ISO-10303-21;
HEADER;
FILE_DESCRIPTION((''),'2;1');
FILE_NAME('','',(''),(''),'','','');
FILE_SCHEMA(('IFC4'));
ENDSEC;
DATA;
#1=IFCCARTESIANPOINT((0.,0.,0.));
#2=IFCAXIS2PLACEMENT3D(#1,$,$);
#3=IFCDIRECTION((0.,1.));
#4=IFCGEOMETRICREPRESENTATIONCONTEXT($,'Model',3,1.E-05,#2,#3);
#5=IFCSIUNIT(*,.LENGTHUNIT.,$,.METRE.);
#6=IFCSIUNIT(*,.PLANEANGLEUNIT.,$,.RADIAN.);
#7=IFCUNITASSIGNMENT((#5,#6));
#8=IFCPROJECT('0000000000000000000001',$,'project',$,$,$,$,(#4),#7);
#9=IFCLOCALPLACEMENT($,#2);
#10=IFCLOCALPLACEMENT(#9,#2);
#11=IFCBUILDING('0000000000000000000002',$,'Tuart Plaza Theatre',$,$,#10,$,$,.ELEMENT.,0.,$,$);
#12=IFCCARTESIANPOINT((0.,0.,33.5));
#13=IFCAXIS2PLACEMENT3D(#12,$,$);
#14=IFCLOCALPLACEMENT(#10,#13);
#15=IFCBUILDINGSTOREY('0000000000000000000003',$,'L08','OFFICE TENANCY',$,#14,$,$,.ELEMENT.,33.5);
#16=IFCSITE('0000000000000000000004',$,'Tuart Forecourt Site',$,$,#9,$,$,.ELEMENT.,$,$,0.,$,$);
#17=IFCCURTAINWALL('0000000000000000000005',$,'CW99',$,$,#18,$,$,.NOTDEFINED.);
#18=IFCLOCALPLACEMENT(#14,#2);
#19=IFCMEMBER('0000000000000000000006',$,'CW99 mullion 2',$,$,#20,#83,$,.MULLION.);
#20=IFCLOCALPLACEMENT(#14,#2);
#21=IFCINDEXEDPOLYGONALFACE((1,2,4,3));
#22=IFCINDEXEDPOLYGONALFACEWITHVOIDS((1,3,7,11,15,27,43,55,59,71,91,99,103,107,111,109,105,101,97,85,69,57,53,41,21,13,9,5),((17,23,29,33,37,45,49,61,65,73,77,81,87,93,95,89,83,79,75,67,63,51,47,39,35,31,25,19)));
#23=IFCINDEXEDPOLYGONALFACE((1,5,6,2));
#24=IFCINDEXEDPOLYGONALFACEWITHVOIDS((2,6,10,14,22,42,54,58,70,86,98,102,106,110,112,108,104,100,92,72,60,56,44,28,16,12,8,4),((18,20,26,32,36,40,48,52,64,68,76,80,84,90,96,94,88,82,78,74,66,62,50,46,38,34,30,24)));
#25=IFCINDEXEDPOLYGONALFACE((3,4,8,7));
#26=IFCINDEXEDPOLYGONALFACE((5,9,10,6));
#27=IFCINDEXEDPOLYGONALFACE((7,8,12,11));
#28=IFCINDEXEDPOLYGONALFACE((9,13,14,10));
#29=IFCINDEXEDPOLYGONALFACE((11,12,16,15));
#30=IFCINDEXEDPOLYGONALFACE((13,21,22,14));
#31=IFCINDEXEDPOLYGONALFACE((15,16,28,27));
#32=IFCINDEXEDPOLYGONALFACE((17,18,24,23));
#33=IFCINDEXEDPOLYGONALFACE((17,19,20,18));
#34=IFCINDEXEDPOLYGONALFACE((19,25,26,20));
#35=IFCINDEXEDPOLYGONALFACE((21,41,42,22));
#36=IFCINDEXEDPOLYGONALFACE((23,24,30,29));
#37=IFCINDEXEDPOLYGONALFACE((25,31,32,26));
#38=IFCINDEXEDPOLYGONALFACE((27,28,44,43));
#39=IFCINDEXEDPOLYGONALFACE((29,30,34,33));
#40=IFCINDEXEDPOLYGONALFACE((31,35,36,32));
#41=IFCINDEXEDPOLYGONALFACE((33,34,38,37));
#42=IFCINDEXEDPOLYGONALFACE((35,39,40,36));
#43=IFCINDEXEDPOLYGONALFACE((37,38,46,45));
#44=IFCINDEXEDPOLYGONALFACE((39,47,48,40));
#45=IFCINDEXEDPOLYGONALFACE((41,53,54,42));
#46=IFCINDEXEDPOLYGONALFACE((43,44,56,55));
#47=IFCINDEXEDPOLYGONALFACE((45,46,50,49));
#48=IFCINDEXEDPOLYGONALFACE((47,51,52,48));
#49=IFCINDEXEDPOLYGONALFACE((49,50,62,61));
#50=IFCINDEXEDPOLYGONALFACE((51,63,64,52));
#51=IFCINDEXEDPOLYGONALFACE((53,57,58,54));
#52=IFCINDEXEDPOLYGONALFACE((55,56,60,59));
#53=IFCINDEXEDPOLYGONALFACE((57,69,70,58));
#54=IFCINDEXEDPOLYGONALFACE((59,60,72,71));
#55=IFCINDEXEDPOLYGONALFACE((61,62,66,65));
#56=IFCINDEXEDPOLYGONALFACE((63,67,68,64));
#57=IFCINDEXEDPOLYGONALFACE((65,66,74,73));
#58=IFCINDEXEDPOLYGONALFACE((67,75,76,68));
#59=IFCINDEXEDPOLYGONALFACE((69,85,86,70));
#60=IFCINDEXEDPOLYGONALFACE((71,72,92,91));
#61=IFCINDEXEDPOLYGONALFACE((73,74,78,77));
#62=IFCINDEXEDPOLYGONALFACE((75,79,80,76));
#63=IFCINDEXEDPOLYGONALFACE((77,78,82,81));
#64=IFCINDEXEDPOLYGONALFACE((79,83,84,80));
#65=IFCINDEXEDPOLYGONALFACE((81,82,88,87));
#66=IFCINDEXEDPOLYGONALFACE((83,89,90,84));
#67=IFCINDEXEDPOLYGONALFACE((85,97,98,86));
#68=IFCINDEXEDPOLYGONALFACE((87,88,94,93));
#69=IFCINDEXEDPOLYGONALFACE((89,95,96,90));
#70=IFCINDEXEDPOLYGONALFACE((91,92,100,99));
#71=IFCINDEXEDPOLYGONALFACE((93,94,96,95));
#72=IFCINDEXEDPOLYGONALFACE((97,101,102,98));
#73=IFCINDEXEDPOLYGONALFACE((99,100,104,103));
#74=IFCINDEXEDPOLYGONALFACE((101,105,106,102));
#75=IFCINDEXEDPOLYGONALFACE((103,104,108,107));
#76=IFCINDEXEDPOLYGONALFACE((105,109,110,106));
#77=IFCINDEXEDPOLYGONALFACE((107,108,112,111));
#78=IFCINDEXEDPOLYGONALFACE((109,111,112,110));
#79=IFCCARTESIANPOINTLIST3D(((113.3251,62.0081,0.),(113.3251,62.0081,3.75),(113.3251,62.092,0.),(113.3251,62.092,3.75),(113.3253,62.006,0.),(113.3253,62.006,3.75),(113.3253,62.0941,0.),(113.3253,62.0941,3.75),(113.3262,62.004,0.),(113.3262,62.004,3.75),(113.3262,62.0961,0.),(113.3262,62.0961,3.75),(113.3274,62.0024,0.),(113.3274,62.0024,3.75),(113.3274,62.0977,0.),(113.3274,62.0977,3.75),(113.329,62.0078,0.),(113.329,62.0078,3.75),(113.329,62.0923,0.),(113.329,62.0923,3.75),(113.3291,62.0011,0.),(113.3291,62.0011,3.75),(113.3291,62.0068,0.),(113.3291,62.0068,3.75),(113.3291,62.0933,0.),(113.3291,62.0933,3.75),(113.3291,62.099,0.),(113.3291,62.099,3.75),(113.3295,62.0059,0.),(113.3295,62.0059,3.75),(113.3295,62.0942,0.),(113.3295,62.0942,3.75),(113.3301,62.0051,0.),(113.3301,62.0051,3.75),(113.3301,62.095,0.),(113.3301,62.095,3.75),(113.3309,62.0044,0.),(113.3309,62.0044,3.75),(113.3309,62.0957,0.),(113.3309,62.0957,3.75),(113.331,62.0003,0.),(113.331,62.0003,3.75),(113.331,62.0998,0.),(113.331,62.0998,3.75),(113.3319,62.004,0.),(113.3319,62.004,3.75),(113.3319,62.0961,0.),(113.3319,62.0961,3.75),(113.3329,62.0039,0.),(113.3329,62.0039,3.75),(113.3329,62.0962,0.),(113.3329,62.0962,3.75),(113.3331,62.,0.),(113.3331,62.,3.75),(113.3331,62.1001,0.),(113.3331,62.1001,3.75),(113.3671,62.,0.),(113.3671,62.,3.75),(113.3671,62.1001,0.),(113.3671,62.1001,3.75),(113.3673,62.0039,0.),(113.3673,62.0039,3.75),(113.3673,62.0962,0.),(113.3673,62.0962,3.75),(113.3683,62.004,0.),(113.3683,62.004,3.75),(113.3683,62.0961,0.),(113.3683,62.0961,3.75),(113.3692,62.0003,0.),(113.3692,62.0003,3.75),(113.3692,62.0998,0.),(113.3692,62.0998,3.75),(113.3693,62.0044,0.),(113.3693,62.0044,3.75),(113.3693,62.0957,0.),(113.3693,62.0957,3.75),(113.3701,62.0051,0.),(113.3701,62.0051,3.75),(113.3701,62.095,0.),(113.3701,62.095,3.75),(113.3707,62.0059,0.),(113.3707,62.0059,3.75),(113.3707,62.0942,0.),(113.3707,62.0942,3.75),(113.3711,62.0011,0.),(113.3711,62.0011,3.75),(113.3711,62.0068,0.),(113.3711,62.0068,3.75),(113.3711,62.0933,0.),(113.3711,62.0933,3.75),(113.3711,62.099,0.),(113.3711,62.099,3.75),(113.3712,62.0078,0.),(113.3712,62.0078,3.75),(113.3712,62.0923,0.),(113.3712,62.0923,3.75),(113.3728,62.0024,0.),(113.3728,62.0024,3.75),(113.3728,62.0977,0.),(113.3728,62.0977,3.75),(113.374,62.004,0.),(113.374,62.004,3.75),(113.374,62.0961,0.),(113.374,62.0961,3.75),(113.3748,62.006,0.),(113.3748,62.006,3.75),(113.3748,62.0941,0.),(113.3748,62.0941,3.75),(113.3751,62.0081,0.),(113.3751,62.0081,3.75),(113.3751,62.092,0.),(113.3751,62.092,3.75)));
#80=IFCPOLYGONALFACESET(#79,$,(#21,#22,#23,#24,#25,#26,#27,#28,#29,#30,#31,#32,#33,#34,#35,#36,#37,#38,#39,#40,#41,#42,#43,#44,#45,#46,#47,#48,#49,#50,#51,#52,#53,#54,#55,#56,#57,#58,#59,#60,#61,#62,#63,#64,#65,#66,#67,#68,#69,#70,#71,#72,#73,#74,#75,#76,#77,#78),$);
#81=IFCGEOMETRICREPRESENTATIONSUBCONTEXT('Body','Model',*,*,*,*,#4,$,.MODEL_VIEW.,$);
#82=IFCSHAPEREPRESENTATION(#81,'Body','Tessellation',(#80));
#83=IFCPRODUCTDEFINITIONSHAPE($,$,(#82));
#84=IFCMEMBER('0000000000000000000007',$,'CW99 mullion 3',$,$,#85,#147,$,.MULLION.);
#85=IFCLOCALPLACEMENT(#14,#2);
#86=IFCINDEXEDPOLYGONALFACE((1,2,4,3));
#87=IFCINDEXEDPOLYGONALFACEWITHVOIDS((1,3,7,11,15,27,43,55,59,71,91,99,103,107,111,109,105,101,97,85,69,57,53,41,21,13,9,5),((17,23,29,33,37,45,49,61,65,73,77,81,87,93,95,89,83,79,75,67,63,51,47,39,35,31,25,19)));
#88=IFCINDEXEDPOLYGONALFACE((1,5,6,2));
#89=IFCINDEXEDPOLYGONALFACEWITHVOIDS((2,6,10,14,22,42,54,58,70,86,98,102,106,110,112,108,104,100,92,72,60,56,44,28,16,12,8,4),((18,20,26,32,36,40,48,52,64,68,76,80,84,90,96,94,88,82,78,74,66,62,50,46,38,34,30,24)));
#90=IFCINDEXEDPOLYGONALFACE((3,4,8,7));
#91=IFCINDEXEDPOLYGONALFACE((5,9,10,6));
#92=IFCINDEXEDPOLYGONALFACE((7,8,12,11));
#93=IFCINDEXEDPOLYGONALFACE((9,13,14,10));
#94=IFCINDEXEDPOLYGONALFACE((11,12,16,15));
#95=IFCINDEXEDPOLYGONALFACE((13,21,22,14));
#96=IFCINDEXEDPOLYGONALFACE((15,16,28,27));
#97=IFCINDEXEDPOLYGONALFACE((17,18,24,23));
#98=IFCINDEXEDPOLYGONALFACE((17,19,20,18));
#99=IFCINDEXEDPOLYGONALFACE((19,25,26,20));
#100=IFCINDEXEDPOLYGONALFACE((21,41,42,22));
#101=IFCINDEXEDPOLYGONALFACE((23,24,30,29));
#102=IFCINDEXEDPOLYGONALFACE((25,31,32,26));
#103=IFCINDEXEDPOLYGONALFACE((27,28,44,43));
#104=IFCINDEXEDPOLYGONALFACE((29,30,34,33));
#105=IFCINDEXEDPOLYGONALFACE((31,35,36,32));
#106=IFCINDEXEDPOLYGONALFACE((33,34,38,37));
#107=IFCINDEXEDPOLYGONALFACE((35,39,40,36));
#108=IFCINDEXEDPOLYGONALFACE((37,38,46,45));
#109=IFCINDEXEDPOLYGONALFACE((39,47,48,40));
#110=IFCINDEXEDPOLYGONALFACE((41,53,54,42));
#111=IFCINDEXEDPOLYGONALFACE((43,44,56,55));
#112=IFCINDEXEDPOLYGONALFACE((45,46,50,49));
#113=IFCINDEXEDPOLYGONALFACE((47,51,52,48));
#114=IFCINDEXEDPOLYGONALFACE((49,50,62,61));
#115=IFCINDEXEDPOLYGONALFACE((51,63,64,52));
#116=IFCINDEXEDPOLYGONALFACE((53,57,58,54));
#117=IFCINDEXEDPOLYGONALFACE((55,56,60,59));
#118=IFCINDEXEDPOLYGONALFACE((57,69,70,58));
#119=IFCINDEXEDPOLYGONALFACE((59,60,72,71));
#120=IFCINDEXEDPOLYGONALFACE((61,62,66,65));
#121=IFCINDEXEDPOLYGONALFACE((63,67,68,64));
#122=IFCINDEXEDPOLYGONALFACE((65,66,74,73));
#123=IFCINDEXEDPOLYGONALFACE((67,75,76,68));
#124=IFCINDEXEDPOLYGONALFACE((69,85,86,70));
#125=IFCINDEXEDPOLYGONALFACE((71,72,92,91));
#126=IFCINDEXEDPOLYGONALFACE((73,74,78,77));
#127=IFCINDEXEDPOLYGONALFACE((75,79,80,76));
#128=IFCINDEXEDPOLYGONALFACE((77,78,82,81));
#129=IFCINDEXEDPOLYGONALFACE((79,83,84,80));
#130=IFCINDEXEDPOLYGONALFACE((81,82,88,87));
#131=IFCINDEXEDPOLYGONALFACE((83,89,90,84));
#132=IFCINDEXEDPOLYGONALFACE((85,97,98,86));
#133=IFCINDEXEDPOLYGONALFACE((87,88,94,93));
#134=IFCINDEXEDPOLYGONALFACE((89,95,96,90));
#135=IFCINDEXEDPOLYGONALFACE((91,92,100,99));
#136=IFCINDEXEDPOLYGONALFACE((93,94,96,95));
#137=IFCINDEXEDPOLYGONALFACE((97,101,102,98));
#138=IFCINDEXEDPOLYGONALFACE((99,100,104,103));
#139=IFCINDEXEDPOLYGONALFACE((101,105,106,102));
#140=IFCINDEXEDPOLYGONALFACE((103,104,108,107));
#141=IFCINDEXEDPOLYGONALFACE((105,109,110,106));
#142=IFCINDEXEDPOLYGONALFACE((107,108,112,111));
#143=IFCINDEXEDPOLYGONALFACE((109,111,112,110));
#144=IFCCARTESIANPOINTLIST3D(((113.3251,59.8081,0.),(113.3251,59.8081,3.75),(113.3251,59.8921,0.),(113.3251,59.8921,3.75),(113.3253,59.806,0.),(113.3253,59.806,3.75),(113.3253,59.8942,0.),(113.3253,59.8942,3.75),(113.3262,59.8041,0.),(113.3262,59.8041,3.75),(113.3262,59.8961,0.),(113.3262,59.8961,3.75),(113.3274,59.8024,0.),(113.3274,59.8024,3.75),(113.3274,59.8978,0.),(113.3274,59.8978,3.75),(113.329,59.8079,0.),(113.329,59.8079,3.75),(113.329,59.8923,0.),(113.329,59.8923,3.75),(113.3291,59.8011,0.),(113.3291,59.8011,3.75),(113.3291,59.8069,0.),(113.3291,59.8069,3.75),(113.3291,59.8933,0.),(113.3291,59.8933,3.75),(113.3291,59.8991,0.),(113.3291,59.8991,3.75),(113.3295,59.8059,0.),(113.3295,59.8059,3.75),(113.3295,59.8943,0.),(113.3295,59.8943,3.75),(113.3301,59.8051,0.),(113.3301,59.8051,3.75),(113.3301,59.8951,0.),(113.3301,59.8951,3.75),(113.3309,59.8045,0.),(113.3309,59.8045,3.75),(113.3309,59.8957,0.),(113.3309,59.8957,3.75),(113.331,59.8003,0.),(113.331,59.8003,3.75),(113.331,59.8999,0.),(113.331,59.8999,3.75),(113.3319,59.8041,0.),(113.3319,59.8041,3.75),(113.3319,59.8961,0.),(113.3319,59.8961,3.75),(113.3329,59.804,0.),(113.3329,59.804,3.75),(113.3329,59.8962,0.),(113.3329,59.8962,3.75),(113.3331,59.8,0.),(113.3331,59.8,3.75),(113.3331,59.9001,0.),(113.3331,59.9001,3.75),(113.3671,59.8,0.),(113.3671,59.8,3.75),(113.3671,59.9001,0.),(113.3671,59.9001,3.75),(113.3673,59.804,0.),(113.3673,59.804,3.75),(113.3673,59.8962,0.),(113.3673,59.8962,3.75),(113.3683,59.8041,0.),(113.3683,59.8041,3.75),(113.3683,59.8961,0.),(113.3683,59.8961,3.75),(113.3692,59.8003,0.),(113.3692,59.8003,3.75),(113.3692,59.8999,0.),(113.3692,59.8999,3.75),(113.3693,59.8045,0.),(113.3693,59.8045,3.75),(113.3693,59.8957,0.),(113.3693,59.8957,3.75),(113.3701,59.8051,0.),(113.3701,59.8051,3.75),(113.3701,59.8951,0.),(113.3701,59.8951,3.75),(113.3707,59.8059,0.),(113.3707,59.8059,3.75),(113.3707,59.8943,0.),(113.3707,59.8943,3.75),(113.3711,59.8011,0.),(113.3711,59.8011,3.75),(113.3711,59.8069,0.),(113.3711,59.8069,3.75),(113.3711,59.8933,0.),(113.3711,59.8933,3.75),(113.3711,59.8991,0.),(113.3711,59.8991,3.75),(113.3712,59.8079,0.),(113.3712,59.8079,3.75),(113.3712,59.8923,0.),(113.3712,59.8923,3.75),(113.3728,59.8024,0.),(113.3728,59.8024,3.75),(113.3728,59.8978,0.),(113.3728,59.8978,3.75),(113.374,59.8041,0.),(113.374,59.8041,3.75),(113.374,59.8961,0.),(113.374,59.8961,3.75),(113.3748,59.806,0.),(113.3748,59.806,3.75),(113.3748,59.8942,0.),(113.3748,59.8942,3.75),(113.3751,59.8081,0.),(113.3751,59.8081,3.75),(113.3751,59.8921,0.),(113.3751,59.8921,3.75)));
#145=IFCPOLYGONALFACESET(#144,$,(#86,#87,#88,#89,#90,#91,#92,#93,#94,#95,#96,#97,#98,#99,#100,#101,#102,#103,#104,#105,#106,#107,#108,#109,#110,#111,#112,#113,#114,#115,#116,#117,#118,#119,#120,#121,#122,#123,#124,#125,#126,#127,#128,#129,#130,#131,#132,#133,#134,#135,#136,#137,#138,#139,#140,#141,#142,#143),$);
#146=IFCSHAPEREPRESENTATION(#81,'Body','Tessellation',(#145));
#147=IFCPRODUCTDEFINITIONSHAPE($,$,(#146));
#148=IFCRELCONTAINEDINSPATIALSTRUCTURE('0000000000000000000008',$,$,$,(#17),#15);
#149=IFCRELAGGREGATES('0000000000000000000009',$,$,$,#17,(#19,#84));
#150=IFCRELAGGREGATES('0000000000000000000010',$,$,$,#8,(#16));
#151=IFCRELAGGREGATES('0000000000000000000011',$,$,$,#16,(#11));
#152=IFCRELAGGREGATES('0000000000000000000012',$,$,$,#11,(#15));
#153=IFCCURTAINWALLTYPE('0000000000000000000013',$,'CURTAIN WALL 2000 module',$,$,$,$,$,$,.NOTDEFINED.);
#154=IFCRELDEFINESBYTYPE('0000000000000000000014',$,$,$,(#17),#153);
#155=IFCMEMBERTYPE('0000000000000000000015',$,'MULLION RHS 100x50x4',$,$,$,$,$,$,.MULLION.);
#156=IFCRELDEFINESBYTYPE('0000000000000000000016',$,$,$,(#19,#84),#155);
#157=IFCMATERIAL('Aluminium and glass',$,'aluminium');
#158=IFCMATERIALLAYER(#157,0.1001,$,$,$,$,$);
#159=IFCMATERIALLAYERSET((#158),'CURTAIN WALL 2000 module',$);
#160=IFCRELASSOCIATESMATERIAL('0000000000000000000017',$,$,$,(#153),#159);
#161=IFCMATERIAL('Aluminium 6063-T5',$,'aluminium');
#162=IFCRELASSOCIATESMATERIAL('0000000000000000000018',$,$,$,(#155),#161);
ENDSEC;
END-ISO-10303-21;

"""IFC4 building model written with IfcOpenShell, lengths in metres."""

from ifc_helpers import new_model, si_unit, direction, frame, origin, origin_2d, place, context, subcontext, project, spatial, hollow_rectangle, extrude, material, layer, layer_set, material_profile, profile_set, type_object, element, aggregate, save


model = new_model("IFC4")

# Units and contexts
model_context = context("Model", 3, precision=1e-05, world=origin(), true_north=direction((0.0, 1.0)))
body_context = subcontext(model_context, "Body", "Model", "MODEL_VIEW")
ifc_project = project(units=[si_unit("LENGTHUNIT", "METRE"), si_unit("PLANEANGLEUNIT", "RADIAN")], contexts=[model_context])

# Site, building, storey
site_placement = place(None, origin())
site = spatial("IfcSite", under=ifc_project, at=site_placement, Name="Tuart Forecourt Site", CompositionType="ELEMENT", RefElevation=0.0)
building_placement = place(site_placement, origin())
building = spatial("IfcBuilding", under=site, at=building_placement, Name="Tuart Plaza Theatre", CompositionType="ELEMENT", ElevationOfRefHeight=0.0)
storey_placement = place(building_placement, frame((0.0, 0.0, 33.5)))
storey = spatial("IfcBuildingStorey", under=building, at=storey_placement, Name="L08", Description="OFFICE TENANCY", CompositionType="ELEMENT", Elevation=33.5)

# Shared definitions
ifc_material_1 = material(Name="Aluminium and glass", Category="aluminium")
ifc_layer_1 = layer(ifc_material_1, 0.1001)
ifc_layer_set_1 = layer_set([ifc_layer_1], Name="CURTAIN WALL 2000 module")
curtain_wall_type = type_object("IfcCurtainWallType", Name="CURTAIN WALL 2000 module", PredefinedType="NOTDEFINED", material=ifc_layer_set_1)
ifc_material_2 = material(Name="Aluminium 6063-T5", Category="aluminium")
ifc_material_profile_1 = material_profile(ifc_material_2, hollow_rectangle(XDim=0.05, YDim=0.1001, WallThickness=0.0039, InnerFilletRadius=0.0039, OuterFilletRadius=0.0081, at=origin_2d()), Name="RHS 100x50x4")
ifc_profile_set_1 = profile_set([ifc_material_profile_1], Name="Aluminium 6063-T5")
member_type_1 = type_object("IfcMemberType", Name="MULLION RHS 100x50x4", PredefinedType="MULLION", material=ifc_profile_set_1)

# Curtain wall, members
curtain_wall_1_placement = place(storey_placement, origin())
curtain_wall_1 = element("IfcCurtainWall", 1, at=curtain_wall_1_placement, inside=storey, type_object=curtain_wall_type, Name="CW99", PredefinedType="NOTDEFINED")
member_1_placement = place(storey_placement, frame((113.3501, 62.05, 0.0), z_axis=(0.0, 0.0, 1.0), x_axis=(1.0, 0.0, 0.0)))
member_1 = element("IfcMember", 2, at=member_1_placement, type_object=member_type_1, Name="CW99 mullion 2", PredefinedType="MULLION", context=body_context, shape_type="SweptSolid", body=[
    extrude(hollow_rectangle(XDim=0.05, YDim=0.1001, WallThickness=0.0039, InnerFilletRadius=0.0039, OuterFilletRadius=0.0081, at=origin_2d()), origin(), (0.0, 0.0, 1.0), 3.75),
])
member_2_placement = place(storey_placement, frame((113.3501, 59.8501, 0.0), z_axis=(0.0, 0.0, 1.0), x_axis=(1.0, 0.0, 0.0)))
member_2 = element("IfcMember", 3, at=member_2_placement, type_object=member_type_1, Name="CW99 mullion 3", PredefinedType="MULLION", context=body_context, shape_type="SweptSolid", body=[
    extrude(hollow_rectangle(XDim=0.05, YDim=0.1001, WallThickness=0.0039, InnerFilletRadius=0.0039, OuterFilletRadius=0.0081, at=origin_2d()), origin(), (0.0, 0.0, 1.0), 3.75),
])

aggregate(curtain_wall_1, [member_1, member_2])

save(model, "model.ifc")
